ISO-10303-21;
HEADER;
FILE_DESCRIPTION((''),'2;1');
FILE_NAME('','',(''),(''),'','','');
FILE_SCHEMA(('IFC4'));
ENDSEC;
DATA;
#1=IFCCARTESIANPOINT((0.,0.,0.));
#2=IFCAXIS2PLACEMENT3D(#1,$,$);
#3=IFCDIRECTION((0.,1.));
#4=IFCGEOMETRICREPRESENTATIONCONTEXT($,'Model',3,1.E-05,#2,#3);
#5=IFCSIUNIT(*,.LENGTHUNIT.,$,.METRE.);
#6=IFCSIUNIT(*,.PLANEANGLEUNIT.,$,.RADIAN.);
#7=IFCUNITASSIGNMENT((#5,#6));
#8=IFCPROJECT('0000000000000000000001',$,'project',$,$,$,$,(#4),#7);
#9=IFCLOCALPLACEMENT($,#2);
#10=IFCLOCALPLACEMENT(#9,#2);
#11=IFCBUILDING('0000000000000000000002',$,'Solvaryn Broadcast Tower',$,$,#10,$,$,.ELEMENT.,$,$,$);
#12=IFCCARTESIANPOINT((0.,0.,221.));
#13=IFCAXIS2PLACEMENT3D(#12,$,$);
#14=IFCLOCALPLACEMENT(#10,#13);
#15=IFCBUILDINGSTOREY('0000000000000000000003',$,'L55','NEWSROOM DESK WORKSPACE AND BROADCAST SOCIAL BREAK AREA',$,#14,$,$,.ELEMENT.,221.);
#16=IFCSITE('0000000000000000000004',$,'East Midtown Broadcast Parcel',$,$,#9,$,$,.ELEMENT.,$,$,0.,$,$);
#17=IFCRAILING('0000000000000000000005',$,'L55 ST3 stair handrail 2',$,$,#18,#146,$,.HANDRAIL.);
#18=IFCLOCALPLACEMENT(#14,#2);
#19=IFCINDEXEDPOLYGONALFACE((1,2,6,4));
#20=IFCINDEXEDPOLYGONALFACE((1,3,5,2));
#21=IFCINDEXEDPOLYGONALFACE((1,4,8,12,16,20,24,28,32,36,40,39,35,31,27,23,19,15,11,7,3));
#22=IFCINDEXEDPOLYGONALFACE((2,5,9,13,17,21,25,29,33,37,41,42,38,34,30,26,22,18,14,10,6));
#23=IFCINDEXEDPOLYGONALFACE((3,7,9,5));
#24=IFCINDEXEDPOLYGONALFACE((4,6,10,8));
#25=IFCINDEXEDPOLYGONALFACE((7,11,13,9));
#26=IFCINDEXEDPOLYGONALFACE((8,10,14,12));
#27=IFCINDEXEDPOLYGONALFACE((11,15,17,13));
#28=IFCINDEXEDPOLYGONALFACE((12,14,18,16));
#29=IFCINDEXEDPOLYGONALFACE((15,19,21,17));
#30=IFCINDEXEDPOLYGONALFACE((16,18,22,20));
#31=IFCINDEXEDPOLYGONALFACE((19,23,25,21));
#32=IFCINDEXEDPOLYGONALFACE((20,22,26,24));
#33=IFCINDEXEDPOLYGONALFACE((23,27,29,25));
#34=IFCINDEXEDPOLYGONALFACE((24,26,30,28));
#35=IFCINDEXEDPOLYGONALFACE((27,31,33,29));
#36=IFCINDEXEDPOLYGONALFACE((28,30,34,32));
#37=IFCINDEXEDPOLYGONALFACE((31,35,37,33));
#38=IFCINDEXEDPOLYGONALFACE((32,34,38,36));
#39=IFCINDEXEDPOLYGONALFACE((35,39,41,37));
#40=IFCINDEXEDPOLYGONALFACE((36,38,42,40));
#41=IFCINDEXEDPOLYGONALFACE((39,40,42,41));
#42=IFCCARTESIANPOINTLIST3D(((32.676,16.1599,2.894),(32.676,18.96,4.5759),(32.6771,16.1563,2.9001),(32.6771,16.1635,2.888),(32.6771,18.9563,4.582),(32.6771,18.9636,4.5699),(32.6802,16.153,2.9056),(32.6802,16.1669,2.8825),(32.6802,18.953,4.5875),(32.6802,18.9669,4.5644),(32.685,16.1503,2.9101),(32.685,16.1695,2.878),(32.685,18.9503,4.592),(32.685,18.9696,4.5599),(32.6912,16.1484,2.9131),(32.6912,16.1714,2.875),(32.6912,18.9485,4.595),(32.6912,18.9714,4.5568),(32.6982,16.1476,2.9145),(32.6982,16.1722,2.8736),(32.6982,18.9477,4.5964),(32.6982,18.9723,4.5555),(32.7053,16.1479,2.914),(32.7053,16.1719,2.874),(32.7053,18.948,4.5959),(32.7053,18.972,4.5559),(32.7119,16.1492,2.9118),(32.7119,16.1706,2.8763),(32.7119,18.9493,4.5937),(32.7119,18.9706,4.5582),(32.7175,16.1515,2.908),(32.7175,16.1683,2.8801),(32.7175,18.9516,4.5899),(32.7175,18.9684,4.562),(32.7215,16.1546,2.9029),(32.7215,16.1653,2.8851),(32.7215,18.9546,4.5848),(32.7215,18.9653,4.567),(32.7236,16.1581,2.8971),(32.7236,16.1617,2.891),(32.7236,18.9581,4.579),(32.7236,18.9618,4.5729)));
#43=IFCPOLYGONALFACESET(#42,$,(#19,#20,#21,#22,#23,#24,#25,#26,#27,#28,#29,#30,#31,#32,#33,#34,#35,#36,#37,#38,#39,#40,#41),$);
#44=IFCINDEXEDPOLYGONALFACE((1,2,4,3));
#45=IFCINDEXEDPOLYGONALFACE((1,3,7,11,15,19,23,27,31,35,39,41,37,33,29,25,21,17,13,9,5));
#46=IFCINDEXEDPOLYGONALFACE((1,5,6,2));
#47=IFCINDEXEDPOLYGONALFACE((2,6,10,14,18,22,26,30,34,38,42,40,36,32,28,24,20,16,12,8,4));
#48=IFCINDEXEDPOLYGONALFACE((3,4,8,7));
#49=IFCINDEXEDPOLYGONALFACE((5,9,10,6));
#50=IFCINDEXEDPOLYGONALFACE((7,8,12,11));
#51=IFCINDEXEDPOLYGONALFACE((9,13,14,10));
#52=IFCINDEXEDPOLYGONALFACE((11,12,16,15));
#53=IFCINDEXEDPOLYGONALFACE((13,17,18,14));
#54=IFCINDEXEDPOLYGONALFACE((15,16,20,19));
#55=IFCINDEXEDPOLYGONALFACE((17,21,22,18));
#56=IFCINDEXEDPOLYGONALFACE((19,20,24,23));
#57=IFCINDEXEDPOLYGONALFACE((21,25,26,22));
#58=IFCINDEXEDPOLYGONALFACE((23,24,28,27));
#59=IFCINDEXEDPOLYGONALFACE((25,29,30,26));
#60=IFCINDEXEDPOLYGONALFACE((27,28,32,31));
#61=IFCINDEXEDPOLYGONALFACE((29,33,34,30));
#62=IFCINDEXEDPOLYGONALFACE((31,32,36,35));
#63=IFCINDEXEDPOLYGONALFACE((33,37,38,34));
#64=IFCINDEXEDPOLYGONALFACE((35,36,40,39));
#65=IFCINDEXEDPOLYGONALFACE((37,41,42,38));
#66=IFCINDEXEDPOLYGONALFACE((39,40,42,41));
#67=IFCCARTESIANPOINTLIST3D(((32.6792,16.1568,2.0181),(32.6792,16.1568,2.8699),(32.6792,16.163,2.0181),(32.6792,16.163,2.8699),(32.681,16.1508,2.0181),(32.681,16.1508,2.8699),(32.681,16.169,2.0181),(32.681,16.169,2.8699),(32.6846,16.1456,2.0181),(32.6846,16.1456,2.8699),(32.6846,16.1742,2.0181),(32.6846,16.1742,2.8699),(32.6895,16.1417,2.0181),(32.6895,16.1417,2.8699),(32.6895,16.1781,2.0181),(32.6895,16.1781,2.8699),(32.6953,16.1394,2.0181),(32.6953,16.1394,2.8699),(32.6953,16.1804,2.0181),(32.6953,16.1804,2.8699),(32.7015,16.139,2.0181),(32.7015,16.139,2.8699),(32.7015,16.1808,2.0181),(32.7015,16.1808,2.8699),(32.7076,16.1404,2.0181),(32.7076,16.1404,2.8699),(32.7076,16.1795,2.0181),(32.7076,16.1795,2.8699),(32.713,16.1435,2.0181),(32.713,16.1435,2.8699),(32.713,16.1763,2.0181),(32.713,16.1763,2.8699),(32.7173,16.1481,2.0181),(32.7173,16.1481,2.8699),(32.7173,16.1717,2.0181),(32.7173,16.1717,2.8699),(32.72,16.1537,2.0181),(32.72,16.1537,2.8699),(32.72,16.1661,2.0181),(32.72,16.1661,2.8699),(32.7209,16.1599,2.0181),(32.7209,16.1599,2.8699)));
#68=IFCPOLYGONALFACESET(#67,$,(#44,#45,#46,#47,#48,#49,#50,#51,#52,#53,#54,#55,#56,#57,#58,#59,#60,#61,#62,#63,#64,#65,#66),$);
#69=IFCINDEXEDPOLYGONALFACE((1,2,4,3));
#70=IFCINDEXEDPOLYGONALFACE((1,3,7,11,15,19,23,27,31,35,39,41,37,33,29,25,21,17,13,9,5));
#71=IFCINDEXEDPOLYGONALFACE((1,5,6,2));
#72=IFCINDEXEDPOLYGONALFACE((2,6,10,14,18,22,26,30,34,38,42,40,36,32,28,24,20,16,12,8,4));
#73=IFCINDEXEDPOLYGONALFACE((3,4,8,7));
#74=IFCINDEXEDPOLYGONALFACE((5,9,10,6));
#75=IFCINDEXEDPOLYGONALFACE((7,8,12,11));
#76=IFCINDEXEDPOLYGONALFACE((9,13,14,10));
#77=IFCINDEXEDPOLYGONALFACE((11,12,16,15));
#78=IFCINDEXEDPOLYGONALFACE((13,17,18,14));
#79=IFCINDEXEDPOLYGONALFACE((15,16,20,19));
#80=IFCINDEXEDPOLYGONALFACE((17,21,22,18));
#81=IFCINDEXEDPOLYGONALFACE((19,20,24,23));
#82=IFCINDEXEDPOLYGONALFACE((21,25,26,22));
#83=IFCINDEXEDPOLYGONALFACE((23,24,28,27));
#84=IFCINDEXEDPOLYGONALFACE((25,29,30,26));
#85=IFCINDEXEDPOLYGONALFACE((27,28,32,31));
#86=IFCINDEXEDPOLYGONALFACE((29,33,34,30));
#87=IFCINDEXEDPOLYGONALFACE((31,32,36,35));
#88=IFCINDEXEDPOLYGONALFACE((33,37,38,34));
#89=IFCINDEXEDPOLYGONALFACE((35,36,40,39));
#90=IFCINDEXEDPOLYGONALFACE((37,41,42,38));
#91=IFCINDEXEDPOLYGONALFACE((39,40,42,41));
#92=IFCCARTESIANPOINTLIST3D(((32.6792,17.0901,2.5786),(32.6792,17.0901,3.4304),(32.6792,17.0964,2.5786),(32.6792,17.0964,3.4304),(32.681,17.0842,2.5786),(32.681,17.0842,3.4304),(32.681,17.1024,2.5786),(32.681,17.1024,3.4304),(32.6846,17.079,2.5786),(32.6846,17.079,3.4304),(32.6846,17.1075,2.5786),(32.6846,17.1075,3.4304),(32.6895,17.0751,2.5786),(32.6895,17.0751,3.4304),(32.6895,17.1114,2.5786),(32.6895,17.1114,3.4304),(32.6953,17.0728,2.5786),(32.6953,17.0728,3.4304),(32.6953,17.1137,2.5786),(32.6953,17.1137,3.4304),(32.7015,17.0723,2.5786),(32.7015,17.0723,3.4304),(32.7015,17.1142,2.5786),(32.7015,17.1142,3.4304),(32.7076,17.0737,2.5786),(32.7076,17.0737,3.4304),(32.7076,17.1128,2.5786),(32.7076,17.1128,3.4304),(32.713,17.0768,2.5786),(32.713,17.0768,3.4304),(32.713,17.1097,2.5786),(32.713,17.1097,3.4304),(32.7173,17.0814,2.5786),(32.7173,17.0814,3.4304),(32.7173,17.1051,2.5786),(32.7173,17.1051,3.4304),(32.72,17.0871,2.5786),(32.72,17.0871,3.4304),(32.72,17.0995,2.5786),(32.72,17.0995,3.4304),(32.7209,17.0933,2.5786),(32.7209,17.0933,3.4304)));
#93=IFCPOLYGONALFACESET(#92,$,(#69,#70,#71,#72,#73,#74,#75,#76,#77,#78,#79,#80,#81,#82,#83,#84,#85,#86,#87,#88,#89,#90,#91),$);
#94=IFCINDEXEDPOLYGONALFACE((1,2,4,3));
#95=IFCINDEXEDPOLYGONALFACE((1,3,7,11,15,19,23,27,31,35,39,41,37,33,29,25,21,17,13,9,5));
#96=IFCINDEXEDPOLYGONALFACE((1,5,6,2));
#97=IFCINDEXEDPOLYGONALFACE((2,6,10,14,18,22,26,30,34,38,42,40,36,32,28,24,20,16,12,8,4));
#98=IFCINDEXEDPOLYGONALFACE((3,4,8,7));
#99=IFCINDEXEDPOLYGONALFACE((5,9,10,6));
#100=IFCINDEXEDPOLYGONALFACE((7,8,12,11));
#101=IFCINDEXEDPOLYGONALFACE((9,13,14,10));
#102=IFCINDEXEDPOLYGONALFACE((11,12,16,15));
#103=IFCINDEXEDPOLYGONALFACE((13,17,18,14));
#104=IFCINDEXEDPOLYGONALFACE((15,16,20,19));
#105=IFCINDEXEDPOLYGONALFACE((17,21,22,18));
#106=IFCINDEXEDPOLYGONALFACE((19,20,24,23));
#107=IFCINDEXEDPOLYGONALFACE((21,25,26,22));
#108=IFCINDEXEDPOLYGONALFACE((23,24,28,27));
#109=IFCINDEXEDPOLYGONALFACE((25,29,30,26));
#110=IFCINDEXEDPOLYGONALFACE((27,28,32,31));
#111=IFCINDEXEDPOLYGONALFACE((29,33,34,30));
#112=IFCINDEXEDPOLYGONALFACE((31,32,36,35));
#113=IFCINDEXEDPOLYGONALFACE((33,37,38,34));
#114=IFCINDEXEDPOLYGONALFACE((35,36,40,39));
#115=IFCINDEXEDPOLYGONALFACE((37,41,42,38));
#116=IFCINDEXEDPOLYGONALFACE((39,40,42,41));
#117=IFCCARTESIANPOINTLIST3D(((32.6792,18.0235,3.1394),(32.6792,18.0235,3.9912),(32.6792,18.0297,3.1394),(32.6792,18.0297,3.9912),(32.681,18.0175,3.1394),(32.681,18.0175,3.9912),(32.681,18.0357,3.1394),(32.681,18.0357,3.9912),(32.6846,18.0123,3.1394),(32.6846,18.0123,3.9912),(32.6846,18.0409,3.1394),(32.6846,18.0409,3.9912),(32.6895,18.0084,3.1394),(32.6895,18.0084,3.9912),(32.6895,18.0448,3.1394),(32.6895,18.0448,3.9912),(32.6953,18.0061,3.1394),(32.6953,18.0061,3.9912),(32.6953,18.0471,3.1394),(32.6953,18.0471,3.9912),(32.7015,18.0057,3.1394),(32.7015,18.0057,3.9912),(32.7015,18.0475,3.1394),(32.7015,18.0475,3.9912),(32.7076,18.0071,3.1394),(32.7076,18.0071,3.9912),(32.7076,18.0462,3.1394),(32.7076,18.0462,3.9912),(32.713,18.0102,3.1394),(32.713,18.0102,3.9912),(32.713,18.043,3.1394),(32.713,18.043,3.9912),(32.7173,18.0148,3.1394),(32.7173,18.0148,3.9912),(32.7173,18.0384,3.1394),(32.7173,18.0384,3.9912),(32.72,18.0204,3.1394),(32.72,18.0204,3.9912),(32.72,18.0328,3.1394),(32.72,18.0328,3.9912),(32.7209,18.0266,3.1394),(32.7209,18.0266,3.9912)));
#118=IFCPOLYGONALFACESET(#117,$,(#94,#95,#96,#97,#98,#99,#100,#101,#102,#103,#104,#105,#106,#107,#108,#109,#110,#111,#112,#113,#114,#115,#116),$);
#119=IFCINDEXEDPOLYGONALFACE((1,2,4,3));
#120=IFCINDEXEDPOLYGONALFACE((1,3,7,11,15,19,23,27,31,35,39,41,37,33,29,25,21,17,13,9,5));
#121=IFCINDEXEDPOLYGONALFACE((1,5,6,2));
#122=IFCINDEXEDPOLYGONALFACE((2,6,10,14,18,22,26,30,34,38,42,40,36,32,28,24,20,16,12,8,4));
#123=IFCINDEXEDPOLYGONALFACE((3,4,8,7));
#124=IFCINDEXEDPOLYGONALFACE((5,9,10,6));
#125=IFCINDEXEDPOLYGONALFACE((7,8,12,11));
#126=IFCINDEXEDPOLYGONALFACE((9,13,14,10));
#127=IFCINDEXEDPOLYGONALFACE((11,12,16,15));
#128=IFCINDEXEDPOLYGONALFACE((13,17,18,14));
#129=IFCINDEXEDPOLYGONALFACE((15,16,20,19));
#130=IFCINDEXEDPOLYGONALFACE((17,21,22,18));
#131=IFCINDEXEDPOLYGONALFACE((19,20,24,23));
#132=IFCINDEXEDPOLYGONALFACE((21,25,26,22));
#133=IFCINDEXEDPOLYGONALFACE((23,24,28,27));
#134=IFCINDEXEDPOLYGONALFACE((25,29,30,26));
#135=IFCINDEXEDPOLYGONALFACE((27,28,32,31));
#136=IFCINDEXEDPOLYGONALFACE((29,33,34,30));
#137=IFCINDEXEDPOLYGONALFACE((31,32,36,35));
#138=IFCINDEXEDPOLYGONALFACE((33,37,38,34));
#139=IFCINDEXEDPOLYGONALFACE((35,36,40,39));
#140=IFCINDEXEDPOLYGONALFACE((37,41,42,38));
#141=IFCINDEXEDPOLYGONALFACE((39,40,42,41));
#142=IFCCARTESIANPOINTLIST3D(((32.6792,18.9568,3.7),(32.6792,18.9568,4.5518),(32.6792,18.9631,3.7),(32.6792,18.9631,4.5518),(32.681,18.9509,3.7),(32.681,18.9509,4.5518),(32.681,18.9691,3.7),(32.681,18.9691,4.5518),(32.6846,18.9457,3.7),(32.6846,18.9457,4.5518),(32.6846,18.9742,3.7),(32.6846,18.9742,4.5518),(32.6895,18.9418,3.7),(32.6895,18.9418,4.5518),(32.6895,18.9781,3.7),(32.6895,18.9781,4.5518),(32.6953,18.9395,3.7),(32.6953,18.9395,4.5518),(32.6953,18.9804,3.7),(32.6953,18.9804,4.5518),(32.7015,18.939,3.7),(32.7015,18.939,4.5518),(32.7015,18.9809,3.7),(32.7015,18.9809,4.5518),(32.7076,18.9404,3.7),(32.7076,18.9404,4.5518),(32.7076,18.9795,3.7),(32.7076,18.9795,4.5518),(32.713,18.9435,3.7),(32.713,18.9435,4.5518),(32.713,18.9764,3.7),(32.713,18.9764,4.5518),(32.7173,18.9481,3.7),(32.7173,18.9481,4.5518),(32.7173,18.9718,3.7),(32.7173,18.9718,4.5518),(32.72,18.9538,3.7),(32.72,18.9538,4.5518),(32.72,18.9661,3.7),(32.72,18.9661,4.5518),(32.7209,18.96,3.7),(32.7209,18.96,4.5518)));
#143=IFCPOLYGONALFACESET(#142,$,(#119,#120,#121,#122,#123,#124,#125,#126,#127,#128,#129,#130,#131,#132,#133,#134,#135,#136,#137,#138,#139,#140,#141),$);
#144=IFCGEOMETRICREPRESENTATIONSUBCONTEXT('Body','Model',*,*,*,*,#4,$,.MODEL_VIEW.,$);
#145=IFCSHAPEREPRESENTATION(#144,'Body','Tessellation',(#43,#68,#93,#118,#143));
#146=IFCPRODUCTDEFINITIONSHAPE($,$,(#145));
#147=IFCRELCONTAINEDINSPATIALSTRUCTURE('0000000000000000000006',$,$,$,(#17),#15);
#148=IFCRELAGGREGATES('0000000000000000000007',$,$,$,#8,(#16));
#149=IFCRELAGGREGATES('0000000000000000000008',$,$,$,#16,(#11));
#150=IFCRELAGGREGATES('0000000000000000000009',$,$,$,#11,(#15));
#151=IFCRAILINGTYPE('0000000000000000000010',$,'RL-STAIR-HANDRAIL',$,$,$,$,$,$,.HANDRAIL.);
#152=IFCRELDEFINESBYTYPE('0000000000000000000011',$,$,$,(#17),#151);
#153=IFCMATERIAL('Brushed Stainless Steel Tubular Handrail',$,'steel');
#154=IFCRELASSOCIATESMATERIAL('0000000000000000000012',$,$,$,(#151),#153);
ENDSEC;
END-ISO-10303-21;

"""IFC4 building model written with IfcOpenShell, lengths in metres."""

from ifc_helpers import new_model, si_unit, direction, frame, origin, origin_2d, place, context, subcontext, project, spatial, circle, extrude, material, type_object, element, save


model = new_model("IFC4")

# Units and contexts
model_context = context("Model", 3, precision=1e-05, world=origin(), true_north=direction((0.0, 1.0)))
body_context = subcontext(model_context, "Body", "Model", "MODEL_VIEW")
ifc_project = project(units=[si_unit("LENGTHUNIT", "METRE"), si_unit("PLANEANGLEUNIT", "RADIAN")], contexts=[model_context])

# Site, building, storey
site_placement = place(None, origin())
site = spatial("IfcSite", under=ifc_project, at=site_placement, Name="East Midtown Broadcast Parcel", CompositionType="ELEMENT", RefElevation=0.0)
building_placement = place(site_placement, origin())
building = spatial("IfcBuilding", under=site, at=building_placement, Name="Solvaryn Broadcast Tower", CompositionType="ELEMENT")
storey_placement = place(building_placement, frame((0.0, 0.0, 221.0)))
storey = spatial("IfcBuildingStorey", under=building, at=storey_placement, Name="L55", Description="NEWSROOM DESK WORKSPACE AND BROADCAST SOCIAL BREAK AREA", CompositionType="ELEMENT", Elevation=221.0)

# Railing
ifc_material_1 = material(Name="Brushed Stainless Steel Tubular Handrail", Category="steel")
railing_type_1 = type_object("IfcRailingType", Name="RL-STAIR-HANDRAIL", PredefinedType="HANDRAIL", material=ifc_material_1)
railing_1_placement = place(storey_placement, frame((32.7, 16.1599, 2.0181)))
element("IfcRailing", 1, at=railing_1_placement, inside=storey, type_object=railing_type_1, Name="L55 ST3 stair handrail 2", PredefinedType="HANDRAIL", context=body_context, shape_type="SweptSolid", body=[
    extrude(circle(Radius=0.0239, at=origin_2d()), frame((0.0, 0.0, 0.876), z_axis=(0.0, 0.857242, 0.514913), x_axis=(-1.0, 0.0, 0.0)), (0.0, 0.0, 1.0), 3.2664),
    extrude(circle(Radius=0.021, at=origin_2d()), origin(), (0.0, 0.0, 1.0), 0.8518),
    extrude(circle(Radius=0.021, at=origin_2d()), frame((0.0, 0.9333, 0.5605)), (0.0, 0.0, 1.0), 0.8518),
    extrude(circle(Radius=0.021, at=origin_2d()), frame((0.0, 1.8667, 1.1213)), (0.0, 0.0, 1.0), 0.8518),
    extrude(circle(Radius=0.021, at=origin_2d()), frame((0.0, 2.8, 1.6819)), (0.0, 0.0, 1.0), 0.8518),
])

save(model, "model.ifc")
